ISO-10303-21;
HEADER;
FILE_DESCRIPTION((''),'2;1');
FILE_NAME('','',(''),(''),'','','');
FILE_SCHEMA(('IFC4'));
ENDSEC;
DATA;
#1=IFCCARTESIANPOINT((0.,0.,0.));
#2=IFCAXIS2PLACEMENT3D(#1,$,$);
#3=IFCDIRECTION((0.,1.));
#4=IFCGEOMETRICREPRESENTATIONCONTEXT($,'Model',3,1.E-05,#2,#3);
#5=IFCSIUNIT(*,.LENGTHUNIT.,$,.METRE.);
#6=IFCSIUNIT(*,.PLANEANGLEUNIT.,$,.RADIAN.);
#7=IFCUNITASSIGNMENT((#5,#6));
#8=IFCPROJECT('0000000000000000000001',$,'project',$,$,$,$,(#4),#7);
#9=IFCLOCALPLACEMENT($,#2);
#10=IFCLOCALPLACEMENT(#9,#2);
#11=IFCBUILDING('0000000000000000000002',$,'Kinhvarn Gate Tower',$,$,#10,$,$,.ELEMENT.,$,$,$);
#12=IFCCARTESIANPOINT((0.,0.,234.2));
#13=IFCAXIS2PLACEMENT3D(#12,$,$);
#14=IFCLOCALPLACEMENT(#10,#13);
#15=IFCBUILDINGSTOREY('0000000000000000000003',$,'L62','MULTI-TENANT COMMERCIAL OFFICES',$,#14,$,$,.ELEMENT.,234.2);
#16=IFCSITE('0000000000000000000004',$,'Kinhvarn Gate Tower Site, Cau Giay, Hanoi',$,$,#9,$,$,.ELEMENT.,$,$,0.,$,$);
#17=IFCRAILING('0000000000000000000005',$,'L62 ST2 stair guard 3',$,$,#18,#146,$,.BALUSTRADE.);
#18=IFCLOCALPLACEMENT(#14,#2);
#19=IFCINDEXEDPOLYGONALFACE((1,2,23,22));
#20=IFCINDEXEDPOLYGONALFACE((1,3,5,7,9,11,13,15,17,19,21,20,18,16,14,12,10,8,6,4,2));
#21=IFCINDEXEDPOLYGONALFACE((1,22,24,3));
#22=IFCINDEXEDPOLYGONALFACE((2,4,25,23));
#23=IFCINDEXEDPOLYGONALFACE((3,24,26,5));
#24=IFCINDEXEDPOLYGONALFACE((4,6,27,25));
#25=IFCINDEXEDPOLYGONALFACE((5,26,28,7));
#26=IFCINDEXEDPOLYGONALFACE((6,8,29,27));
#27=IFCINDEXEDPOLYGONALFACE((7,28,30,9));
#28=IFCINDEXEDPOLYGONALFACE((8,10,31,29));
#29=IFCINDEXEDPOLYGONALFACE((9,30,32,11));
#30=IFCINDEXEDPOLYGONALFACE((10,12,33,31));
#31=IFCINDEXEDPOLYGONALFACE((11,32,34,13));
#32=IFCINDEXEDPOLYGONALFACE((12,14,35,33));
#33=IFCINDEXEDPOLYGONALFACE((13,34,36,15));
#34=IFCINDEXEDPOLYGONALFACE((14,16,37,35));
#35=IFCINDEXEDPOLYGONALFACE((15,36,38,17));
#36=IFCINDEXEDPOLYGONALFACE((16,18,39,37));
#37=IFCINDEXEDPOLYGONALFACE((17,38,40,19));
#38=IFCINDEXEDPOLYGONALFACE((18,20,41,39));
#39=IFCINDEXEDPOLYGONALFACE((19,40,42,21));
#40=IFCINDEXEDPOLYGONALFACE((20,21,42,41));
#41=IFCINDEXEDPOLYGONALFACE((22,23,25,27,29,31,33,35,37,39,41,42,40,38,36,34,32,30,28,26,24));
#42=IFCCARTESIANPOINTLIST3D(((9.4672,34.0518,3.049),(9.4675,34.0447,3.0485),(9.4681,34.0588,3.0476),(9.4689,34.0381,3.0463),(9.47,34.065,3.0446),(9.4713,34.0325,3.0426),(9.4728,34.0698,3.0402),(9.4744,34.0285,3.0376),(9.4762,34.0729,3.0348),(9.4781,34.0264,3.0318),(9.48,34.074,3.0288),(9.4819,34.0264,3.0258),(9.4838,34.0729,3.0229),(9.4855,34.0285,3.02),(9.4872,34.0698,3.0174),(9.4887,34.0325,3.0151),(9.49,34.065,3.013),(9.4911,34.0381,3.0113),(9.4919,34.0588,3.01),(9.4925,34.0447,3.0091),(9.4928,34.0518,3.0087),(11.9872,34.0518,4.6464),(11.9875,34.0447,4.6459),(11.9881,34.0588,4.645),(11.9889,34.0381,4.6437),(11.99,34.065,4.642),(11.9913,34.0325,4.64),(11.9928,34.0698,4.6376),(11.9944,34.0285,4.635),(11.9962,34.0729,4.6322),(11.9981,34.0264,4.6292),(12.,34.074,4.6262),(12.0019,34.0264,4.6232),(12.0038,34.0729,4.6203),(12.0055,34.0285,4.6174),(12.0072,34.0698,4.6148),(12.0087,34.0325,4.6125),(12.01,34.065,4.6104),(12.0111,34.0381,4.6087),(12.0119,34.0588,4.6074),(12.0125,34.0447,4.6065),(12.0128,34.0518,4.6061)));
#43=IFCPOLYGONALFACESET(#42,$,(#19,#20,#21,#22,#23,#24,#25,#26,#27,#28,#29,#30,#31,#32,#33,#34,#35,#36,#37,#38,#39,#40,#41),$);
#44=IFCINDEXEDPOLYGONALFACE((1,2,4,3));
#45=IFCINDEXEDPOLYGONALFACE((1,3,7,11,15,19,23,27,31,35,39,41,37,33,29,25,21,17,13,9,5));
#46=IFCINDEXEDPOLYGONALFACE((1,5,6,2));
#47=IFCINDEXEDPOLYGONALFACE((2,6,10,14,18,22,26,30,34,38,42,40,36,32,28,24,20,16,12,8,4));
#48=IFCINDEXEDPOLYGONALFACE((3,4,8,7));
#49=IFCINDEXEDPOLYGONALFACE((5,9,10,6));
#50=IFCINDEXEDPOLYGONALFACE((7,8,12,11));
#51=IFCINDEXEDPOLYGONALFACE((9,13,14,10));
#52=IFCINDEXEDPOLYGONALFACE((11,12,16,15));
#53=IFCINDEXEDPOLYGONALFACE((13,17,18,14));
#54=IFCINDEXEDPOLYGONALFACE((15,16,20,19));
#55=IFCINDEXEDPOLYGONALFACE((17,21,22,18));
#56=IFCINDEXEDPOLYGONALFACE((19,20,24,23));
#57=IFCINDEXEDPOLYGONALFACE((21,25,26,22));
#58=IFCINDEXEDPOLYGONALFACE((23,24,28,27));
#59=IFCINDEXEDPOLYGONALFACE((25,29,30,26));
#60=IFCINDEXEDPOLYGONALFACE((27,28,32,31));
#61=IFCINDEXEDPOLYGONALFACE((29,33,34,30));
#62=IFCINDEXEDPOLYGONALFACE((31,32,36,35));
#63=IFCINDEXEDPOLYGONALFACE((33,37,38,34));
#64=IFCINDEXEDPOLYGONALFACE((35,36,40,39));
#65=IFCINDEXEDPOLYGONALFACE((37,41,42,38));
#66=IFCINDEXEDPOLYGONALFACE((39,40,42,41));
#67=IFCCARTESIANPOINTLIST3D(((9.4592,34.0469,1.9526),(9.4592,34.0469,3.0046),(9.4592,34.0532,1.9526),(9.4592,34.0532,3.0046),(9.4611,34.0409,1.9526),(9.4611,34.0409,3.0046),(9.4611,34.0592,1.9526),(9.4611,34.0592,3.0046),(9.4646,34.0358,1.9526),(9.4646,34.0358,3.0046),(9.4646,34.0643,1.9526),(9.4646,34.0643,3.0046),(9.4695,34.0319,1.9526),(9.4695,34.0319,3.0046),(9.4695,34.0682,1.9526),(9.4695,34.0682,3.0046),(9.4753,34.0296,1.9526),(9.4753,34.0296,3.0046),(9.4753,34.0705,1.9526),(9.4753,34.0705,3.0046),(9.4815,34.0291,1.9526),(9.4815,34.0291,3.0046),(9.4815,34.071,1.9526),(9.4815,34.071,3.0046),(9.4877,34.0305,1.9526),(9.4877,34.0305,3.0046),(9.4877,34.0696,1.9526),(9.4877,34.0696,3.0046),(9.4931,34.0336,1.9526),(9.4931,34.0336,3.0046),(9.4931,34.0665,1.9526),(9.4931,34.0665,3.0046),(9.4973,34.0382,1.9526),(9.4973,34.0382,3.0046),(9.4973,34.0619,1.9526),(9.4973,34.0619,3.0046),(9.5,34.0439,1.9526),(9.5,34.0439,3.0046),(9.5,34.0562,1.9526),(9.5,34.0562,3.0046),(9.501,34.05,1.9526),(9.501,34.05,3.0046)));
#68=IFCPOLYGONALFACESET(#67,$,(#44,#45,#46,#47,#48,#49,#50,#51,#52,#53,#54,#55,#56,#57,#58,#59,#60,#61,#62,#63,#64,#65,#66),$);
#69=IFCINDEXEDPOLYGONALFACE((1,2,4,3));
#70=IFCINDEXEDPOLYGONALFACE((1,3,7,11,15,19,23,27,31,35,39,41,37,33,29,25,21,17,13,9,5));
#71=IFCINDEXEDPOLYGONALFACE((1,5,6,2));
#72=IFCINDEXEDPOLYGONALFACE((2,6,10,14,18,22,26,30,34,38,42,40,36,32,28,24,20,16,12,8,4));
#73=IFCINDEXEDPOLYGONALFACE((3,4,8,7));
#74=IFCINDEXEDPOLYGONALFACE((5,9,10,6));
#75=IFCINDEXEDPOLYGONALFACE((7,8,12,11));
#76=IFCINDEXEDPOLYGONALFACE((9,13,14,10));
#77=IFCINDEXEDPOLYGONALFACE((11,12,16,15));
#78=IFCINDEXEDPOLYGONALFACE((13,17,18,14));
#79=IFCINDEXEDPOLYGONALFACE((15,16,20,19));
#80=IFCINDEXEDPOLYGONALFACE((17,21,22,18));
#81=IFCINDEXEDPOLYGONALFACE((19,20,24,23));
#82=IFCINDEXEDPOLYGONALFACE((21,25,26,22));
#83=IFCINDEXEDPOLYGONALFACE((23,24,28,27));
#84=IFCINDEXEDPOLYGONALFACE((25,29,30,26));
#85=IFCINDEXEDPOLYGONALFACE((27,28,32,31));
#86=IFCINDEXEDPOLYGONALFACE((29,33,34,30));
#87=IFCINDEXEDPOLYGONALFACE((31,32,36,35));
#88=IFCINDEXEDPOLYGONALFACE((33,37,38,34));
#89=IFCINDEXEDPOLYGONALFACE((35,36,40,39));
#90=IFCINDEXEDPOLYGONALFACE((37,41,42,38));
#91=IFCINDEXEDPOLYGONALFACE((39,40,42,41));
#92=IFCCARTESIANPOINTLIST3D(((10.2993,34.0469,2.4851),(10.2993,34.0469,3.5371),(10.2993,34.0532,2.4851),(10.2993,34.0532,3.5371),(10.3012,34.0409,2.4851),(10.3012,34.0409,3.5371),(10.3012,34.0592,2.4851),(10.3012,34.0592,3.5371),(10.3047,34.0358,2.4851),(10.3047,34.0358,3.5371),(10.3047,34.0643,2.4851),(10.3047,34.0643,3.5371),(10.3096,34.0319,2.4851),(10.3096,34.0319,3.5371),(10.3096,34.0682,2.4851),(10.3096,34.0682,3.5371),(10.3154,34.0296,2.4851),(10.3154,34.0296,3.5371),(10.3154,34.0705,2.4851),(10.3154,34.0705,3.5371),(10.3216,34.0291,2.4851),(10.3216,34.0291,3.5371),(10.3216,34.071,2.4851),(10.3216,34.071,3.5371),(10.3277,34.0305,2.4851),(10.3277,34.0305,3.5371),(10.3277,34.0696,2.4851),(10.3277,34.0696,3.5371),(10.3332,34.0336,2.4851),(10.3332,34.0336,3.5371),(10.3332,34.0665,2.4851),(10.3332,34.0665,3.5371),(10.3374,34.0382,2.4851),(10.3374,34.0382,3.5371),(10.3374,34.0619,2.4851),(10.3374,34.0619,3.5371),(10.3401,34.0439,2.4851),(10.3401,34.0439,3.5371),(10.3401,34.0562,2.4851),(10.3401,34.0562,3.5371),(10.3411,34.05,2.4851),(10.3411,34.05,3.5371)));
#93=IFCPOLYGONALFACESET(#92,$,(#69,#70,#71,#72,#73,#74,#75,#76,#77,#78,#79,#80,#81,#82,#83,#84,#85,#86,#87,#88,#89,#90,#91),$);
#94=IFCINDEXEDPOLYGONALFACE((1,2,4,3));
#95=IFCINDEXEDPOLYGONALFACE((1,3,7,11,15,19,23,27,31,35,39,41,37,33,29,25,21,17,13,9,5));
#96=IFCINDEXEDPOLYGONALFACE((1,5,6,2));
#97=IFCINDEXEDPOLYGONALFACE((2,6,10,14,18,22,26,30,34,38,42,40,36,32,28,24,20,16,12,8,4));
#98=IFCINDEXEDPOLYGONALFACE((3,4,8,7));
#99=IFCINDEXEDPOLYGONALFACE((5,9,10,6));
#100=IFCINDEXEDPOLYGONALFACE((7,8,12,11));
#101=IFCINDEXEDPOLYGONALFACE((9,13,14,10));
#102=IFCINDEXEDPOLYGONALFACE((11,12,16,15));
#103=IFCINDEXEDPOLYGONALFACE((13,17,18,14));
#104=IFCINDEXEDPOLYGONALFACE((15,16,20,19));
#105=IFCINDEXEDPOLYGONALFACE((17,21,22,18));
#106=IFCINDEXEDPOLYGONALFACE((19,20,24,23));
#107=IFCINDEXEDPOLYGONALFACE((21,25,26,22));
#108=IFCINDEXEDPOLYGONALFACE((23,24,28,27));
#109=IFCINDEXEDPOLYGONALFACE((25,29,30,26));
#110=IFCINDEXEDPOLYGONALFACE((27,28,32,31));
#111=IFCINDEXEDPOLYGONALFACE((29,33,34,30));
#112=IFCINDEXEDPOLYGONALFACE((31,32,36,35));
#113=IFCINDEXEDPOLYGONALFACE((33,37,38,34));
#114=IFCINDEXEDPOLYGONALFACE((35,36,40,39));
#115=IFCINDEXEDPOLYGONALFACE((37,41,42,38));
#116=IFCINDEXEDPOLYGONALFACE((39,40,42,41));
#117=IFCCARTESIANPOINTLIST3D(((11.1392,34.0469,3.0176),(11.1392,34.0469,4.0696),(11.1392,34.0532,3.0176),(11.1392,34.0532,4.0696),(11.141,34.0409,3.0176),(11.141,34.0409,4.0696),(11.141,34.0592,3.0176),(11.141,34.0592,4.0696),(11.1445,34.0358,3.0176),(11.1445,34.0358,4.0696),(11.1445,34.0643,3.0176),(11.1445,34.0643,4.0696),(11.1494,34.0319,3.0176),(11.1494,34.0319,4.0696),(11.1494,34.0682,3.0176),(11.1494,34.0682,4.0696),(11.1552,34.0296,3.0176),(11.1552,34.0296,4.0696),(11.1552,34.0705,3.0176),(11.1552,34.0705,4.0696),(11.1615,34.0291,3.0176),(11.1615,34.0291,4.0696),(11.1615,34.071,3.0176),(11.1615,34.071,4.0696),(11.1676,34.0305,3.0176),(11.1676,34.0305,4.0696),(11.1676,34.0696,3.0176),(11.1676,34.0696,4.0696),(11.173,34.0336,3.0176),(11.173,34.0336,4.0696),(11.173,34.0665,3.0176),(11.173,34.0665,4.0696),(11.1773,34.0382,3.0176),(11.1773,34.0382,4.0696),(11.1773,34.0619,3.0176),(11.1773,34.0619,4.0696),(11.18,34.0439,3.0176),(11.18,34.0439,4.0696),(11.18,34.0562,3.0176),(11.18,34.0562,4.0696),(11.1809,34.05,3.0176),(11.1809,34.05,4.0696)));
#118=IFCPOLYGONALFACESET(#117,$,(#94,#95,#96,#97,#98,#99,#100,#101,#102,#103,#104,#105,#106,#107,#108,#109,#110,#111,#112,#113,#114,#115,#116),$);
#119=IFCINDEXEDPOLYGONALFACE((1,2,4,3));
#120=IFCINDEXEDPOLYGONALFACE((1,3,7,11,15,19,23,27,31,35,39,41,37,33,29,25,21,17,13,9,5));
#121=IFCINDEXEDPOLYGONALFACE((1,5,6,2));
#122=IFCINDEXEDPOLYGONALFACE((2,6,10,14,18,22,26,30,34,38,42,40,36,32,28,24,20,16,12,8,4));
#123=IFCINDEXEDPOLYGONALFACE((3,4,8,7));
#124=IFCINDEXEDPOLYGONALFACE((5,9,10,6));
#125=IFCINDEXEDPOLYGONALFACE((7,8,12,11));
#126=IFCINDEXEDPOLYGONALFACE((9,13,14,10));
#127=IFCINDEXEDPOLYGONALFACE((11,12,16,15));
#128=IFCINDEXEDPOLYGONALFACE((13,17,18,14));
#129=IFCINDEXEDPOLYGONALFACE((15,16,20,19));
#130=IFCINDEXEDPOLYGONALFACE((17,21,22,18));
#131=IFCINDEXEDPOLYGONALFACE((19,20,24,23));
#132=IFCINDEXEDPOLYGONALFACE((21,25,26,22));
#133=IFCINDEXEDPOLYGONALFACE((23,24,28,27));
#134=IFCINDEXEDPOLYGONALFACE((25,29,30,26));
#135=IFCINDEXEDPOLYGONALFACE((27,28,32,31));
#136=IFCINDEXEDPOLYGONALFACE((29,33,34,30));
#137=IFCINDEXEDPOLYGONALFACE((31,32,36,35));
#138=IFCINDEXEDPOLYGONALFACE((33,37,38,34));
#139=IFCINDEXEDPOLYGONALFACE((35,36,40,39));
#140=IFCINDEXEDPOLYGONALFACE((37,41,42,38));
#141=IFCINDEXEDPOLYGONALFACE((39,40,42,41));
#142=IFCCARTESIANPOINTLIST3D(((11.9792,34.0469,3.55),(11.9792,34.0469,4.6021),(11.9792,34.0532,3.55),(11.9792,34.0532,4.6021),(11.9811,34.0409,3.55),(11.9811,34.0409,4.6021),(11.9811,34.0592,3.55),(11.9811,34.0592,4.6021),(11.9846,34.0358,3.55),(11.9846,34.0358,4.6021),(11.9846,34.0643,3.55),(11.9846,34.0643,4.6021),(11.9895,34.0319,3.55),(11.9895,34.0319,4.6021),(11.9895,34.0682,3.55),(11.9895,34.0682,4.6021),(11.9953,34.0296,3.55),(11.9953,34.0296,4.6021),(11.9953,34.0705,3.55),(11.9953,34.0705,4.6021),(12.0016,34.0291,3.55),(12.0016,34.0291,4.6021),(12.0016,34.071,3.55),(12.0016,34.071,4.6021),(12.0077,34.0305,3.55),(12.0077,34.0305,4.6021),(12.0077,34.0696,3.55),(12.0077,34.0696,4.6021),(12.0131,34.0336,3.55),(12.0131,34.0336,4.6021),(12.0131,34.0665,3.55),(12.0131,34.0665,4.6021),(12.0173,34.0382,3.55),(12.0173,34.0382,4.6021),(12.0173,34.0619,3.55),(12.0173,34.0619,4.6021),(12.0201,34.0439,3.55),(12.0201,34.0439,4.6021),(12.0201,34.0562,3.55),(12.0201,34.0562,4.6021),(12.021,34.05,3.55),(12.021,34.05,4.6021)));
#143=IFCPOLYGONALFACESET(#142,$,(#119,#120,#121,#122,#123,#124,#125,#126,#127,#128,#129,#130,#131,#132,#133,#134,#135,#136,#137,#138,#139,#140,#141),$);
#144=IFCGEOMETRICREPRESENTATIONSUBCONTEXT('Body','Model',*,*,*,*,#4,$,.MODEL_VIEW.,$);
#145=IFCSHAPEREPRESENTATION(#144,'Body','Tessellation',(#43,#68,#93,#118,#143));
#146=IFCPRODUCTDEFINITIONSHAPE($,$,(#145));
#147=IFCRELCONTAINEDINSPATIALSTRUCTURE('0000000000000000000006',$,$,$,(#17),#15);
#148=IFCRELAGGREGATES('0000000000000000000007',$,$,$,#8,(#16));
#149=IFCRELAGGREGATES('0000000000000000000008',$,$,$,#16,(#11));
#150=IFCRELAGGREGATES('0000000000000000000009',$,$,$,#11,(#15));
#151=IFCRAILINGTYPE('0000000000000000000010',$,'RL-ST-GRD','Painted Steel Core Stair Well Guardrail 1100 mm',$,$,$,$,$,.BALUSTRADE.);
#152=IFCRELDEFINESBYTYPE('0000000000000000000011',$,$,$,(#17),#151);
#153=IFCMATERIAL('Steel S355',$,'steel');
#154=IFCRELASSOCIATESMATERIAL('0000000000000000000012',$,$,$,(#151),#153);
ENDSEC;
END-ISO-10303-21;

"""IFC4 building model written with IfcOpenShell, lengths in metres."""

from ifc_helpers import new_model, si_unit, direction, frame, origin, origin_2d, place, context, subcontext, project, spatial, circle, extrude, material, type_object, element, save


model = new_model("IFC4")

# Units and contexts
model_context = context("Model", 3, precision=1e-05, world=origin(), true_north=direction((0.0, 1.0)))
body_context = subcontext(model_context, "Body", "Model", "MODEL_VIEW")
ifc_project = project(units=[si_unit("LENGTHUNIT", "METRE"), si_unit("PLANEANGLEUNIT", "RADIAN")], contexts=[model_context])

# Site, building, storey
site_placement = place(None, origin())
site = spatial("IfcSite", under=ifc_project, at=site_placement, Name="Kinhvarn Gate Tower Site, Cau Giay, Hanoi", CompositionType="ELEMENT", RefElevation=0.0)
building_placement = place(site_placement, origin())
building = spatial("IfcBuilding", under=site, at=building_placement, Name="Kinhvarn Gate Tower", CompositionType="ELEMENT")
storey_placement = place(building_placement, frame((0.0, 0.0, 234.2)))
storey = spatial("IfcBuildingStorey", under=building, at=storey_placement, Name="L62", Description="MULTI-TENANT COMMERCIAL OFFICES", CompositionType="ELEMENT", Elevation=234.2)

# Railing
ifc_material_1 = material(Name="Steel S355", Category="steel")
railing_type_1 = type_object("IfcRailingType", Name="RL-ST-GRD", Description="Painted Steel Core Stair Well Guardrail 1100 mm", PredefinedType="BALUSTRADE", material=ifc_material_1)
railing_1_placement = place(storey_placement, frame((9.48, 34.05, 1.9526)))
element("IfcRailing", 1, at=railing_1_placement, inside=storey, type_object=railing_type_1, Name="L62 ST2 stair guard 3", PredefinedType="BALUSTRADE", context=body_context, shape_type="SweptSolid", body=[
    extrude(circle(Radius=0.0239, at=origin_2d()), frame((0.0, 0.0, 1.0762), z_axis=(0.844607, 0.0, 0.535387), x_axis=(0.0, 1.0, 0.0)), (0.0, 0.0, 1.0), 2.9836),
    extrude(circle(Radius=0.021, at=origin_2d()), origin(), (0.0, 0.0, 1.0), 1.052),
    extrude(circle(Radius=0.021, at=origin_2d()), frame((0.8401, 0.0, 0.5325)), (0.0, 0.0, 1.0), 1.052),
    extrude(circle(Radius=0.021, at=origin_2d()), frame((1.6799, 0.0, 1.0649)), (0.0, 0.0, 1.0), 1.052),
    extrude(circle(Radius=0.021, at=origin_2d()), frame((2.52, 0.0, 1.5974)), (0.0, 0.0, 1.0), 1.052),
])

save(model, "model.ifc")
